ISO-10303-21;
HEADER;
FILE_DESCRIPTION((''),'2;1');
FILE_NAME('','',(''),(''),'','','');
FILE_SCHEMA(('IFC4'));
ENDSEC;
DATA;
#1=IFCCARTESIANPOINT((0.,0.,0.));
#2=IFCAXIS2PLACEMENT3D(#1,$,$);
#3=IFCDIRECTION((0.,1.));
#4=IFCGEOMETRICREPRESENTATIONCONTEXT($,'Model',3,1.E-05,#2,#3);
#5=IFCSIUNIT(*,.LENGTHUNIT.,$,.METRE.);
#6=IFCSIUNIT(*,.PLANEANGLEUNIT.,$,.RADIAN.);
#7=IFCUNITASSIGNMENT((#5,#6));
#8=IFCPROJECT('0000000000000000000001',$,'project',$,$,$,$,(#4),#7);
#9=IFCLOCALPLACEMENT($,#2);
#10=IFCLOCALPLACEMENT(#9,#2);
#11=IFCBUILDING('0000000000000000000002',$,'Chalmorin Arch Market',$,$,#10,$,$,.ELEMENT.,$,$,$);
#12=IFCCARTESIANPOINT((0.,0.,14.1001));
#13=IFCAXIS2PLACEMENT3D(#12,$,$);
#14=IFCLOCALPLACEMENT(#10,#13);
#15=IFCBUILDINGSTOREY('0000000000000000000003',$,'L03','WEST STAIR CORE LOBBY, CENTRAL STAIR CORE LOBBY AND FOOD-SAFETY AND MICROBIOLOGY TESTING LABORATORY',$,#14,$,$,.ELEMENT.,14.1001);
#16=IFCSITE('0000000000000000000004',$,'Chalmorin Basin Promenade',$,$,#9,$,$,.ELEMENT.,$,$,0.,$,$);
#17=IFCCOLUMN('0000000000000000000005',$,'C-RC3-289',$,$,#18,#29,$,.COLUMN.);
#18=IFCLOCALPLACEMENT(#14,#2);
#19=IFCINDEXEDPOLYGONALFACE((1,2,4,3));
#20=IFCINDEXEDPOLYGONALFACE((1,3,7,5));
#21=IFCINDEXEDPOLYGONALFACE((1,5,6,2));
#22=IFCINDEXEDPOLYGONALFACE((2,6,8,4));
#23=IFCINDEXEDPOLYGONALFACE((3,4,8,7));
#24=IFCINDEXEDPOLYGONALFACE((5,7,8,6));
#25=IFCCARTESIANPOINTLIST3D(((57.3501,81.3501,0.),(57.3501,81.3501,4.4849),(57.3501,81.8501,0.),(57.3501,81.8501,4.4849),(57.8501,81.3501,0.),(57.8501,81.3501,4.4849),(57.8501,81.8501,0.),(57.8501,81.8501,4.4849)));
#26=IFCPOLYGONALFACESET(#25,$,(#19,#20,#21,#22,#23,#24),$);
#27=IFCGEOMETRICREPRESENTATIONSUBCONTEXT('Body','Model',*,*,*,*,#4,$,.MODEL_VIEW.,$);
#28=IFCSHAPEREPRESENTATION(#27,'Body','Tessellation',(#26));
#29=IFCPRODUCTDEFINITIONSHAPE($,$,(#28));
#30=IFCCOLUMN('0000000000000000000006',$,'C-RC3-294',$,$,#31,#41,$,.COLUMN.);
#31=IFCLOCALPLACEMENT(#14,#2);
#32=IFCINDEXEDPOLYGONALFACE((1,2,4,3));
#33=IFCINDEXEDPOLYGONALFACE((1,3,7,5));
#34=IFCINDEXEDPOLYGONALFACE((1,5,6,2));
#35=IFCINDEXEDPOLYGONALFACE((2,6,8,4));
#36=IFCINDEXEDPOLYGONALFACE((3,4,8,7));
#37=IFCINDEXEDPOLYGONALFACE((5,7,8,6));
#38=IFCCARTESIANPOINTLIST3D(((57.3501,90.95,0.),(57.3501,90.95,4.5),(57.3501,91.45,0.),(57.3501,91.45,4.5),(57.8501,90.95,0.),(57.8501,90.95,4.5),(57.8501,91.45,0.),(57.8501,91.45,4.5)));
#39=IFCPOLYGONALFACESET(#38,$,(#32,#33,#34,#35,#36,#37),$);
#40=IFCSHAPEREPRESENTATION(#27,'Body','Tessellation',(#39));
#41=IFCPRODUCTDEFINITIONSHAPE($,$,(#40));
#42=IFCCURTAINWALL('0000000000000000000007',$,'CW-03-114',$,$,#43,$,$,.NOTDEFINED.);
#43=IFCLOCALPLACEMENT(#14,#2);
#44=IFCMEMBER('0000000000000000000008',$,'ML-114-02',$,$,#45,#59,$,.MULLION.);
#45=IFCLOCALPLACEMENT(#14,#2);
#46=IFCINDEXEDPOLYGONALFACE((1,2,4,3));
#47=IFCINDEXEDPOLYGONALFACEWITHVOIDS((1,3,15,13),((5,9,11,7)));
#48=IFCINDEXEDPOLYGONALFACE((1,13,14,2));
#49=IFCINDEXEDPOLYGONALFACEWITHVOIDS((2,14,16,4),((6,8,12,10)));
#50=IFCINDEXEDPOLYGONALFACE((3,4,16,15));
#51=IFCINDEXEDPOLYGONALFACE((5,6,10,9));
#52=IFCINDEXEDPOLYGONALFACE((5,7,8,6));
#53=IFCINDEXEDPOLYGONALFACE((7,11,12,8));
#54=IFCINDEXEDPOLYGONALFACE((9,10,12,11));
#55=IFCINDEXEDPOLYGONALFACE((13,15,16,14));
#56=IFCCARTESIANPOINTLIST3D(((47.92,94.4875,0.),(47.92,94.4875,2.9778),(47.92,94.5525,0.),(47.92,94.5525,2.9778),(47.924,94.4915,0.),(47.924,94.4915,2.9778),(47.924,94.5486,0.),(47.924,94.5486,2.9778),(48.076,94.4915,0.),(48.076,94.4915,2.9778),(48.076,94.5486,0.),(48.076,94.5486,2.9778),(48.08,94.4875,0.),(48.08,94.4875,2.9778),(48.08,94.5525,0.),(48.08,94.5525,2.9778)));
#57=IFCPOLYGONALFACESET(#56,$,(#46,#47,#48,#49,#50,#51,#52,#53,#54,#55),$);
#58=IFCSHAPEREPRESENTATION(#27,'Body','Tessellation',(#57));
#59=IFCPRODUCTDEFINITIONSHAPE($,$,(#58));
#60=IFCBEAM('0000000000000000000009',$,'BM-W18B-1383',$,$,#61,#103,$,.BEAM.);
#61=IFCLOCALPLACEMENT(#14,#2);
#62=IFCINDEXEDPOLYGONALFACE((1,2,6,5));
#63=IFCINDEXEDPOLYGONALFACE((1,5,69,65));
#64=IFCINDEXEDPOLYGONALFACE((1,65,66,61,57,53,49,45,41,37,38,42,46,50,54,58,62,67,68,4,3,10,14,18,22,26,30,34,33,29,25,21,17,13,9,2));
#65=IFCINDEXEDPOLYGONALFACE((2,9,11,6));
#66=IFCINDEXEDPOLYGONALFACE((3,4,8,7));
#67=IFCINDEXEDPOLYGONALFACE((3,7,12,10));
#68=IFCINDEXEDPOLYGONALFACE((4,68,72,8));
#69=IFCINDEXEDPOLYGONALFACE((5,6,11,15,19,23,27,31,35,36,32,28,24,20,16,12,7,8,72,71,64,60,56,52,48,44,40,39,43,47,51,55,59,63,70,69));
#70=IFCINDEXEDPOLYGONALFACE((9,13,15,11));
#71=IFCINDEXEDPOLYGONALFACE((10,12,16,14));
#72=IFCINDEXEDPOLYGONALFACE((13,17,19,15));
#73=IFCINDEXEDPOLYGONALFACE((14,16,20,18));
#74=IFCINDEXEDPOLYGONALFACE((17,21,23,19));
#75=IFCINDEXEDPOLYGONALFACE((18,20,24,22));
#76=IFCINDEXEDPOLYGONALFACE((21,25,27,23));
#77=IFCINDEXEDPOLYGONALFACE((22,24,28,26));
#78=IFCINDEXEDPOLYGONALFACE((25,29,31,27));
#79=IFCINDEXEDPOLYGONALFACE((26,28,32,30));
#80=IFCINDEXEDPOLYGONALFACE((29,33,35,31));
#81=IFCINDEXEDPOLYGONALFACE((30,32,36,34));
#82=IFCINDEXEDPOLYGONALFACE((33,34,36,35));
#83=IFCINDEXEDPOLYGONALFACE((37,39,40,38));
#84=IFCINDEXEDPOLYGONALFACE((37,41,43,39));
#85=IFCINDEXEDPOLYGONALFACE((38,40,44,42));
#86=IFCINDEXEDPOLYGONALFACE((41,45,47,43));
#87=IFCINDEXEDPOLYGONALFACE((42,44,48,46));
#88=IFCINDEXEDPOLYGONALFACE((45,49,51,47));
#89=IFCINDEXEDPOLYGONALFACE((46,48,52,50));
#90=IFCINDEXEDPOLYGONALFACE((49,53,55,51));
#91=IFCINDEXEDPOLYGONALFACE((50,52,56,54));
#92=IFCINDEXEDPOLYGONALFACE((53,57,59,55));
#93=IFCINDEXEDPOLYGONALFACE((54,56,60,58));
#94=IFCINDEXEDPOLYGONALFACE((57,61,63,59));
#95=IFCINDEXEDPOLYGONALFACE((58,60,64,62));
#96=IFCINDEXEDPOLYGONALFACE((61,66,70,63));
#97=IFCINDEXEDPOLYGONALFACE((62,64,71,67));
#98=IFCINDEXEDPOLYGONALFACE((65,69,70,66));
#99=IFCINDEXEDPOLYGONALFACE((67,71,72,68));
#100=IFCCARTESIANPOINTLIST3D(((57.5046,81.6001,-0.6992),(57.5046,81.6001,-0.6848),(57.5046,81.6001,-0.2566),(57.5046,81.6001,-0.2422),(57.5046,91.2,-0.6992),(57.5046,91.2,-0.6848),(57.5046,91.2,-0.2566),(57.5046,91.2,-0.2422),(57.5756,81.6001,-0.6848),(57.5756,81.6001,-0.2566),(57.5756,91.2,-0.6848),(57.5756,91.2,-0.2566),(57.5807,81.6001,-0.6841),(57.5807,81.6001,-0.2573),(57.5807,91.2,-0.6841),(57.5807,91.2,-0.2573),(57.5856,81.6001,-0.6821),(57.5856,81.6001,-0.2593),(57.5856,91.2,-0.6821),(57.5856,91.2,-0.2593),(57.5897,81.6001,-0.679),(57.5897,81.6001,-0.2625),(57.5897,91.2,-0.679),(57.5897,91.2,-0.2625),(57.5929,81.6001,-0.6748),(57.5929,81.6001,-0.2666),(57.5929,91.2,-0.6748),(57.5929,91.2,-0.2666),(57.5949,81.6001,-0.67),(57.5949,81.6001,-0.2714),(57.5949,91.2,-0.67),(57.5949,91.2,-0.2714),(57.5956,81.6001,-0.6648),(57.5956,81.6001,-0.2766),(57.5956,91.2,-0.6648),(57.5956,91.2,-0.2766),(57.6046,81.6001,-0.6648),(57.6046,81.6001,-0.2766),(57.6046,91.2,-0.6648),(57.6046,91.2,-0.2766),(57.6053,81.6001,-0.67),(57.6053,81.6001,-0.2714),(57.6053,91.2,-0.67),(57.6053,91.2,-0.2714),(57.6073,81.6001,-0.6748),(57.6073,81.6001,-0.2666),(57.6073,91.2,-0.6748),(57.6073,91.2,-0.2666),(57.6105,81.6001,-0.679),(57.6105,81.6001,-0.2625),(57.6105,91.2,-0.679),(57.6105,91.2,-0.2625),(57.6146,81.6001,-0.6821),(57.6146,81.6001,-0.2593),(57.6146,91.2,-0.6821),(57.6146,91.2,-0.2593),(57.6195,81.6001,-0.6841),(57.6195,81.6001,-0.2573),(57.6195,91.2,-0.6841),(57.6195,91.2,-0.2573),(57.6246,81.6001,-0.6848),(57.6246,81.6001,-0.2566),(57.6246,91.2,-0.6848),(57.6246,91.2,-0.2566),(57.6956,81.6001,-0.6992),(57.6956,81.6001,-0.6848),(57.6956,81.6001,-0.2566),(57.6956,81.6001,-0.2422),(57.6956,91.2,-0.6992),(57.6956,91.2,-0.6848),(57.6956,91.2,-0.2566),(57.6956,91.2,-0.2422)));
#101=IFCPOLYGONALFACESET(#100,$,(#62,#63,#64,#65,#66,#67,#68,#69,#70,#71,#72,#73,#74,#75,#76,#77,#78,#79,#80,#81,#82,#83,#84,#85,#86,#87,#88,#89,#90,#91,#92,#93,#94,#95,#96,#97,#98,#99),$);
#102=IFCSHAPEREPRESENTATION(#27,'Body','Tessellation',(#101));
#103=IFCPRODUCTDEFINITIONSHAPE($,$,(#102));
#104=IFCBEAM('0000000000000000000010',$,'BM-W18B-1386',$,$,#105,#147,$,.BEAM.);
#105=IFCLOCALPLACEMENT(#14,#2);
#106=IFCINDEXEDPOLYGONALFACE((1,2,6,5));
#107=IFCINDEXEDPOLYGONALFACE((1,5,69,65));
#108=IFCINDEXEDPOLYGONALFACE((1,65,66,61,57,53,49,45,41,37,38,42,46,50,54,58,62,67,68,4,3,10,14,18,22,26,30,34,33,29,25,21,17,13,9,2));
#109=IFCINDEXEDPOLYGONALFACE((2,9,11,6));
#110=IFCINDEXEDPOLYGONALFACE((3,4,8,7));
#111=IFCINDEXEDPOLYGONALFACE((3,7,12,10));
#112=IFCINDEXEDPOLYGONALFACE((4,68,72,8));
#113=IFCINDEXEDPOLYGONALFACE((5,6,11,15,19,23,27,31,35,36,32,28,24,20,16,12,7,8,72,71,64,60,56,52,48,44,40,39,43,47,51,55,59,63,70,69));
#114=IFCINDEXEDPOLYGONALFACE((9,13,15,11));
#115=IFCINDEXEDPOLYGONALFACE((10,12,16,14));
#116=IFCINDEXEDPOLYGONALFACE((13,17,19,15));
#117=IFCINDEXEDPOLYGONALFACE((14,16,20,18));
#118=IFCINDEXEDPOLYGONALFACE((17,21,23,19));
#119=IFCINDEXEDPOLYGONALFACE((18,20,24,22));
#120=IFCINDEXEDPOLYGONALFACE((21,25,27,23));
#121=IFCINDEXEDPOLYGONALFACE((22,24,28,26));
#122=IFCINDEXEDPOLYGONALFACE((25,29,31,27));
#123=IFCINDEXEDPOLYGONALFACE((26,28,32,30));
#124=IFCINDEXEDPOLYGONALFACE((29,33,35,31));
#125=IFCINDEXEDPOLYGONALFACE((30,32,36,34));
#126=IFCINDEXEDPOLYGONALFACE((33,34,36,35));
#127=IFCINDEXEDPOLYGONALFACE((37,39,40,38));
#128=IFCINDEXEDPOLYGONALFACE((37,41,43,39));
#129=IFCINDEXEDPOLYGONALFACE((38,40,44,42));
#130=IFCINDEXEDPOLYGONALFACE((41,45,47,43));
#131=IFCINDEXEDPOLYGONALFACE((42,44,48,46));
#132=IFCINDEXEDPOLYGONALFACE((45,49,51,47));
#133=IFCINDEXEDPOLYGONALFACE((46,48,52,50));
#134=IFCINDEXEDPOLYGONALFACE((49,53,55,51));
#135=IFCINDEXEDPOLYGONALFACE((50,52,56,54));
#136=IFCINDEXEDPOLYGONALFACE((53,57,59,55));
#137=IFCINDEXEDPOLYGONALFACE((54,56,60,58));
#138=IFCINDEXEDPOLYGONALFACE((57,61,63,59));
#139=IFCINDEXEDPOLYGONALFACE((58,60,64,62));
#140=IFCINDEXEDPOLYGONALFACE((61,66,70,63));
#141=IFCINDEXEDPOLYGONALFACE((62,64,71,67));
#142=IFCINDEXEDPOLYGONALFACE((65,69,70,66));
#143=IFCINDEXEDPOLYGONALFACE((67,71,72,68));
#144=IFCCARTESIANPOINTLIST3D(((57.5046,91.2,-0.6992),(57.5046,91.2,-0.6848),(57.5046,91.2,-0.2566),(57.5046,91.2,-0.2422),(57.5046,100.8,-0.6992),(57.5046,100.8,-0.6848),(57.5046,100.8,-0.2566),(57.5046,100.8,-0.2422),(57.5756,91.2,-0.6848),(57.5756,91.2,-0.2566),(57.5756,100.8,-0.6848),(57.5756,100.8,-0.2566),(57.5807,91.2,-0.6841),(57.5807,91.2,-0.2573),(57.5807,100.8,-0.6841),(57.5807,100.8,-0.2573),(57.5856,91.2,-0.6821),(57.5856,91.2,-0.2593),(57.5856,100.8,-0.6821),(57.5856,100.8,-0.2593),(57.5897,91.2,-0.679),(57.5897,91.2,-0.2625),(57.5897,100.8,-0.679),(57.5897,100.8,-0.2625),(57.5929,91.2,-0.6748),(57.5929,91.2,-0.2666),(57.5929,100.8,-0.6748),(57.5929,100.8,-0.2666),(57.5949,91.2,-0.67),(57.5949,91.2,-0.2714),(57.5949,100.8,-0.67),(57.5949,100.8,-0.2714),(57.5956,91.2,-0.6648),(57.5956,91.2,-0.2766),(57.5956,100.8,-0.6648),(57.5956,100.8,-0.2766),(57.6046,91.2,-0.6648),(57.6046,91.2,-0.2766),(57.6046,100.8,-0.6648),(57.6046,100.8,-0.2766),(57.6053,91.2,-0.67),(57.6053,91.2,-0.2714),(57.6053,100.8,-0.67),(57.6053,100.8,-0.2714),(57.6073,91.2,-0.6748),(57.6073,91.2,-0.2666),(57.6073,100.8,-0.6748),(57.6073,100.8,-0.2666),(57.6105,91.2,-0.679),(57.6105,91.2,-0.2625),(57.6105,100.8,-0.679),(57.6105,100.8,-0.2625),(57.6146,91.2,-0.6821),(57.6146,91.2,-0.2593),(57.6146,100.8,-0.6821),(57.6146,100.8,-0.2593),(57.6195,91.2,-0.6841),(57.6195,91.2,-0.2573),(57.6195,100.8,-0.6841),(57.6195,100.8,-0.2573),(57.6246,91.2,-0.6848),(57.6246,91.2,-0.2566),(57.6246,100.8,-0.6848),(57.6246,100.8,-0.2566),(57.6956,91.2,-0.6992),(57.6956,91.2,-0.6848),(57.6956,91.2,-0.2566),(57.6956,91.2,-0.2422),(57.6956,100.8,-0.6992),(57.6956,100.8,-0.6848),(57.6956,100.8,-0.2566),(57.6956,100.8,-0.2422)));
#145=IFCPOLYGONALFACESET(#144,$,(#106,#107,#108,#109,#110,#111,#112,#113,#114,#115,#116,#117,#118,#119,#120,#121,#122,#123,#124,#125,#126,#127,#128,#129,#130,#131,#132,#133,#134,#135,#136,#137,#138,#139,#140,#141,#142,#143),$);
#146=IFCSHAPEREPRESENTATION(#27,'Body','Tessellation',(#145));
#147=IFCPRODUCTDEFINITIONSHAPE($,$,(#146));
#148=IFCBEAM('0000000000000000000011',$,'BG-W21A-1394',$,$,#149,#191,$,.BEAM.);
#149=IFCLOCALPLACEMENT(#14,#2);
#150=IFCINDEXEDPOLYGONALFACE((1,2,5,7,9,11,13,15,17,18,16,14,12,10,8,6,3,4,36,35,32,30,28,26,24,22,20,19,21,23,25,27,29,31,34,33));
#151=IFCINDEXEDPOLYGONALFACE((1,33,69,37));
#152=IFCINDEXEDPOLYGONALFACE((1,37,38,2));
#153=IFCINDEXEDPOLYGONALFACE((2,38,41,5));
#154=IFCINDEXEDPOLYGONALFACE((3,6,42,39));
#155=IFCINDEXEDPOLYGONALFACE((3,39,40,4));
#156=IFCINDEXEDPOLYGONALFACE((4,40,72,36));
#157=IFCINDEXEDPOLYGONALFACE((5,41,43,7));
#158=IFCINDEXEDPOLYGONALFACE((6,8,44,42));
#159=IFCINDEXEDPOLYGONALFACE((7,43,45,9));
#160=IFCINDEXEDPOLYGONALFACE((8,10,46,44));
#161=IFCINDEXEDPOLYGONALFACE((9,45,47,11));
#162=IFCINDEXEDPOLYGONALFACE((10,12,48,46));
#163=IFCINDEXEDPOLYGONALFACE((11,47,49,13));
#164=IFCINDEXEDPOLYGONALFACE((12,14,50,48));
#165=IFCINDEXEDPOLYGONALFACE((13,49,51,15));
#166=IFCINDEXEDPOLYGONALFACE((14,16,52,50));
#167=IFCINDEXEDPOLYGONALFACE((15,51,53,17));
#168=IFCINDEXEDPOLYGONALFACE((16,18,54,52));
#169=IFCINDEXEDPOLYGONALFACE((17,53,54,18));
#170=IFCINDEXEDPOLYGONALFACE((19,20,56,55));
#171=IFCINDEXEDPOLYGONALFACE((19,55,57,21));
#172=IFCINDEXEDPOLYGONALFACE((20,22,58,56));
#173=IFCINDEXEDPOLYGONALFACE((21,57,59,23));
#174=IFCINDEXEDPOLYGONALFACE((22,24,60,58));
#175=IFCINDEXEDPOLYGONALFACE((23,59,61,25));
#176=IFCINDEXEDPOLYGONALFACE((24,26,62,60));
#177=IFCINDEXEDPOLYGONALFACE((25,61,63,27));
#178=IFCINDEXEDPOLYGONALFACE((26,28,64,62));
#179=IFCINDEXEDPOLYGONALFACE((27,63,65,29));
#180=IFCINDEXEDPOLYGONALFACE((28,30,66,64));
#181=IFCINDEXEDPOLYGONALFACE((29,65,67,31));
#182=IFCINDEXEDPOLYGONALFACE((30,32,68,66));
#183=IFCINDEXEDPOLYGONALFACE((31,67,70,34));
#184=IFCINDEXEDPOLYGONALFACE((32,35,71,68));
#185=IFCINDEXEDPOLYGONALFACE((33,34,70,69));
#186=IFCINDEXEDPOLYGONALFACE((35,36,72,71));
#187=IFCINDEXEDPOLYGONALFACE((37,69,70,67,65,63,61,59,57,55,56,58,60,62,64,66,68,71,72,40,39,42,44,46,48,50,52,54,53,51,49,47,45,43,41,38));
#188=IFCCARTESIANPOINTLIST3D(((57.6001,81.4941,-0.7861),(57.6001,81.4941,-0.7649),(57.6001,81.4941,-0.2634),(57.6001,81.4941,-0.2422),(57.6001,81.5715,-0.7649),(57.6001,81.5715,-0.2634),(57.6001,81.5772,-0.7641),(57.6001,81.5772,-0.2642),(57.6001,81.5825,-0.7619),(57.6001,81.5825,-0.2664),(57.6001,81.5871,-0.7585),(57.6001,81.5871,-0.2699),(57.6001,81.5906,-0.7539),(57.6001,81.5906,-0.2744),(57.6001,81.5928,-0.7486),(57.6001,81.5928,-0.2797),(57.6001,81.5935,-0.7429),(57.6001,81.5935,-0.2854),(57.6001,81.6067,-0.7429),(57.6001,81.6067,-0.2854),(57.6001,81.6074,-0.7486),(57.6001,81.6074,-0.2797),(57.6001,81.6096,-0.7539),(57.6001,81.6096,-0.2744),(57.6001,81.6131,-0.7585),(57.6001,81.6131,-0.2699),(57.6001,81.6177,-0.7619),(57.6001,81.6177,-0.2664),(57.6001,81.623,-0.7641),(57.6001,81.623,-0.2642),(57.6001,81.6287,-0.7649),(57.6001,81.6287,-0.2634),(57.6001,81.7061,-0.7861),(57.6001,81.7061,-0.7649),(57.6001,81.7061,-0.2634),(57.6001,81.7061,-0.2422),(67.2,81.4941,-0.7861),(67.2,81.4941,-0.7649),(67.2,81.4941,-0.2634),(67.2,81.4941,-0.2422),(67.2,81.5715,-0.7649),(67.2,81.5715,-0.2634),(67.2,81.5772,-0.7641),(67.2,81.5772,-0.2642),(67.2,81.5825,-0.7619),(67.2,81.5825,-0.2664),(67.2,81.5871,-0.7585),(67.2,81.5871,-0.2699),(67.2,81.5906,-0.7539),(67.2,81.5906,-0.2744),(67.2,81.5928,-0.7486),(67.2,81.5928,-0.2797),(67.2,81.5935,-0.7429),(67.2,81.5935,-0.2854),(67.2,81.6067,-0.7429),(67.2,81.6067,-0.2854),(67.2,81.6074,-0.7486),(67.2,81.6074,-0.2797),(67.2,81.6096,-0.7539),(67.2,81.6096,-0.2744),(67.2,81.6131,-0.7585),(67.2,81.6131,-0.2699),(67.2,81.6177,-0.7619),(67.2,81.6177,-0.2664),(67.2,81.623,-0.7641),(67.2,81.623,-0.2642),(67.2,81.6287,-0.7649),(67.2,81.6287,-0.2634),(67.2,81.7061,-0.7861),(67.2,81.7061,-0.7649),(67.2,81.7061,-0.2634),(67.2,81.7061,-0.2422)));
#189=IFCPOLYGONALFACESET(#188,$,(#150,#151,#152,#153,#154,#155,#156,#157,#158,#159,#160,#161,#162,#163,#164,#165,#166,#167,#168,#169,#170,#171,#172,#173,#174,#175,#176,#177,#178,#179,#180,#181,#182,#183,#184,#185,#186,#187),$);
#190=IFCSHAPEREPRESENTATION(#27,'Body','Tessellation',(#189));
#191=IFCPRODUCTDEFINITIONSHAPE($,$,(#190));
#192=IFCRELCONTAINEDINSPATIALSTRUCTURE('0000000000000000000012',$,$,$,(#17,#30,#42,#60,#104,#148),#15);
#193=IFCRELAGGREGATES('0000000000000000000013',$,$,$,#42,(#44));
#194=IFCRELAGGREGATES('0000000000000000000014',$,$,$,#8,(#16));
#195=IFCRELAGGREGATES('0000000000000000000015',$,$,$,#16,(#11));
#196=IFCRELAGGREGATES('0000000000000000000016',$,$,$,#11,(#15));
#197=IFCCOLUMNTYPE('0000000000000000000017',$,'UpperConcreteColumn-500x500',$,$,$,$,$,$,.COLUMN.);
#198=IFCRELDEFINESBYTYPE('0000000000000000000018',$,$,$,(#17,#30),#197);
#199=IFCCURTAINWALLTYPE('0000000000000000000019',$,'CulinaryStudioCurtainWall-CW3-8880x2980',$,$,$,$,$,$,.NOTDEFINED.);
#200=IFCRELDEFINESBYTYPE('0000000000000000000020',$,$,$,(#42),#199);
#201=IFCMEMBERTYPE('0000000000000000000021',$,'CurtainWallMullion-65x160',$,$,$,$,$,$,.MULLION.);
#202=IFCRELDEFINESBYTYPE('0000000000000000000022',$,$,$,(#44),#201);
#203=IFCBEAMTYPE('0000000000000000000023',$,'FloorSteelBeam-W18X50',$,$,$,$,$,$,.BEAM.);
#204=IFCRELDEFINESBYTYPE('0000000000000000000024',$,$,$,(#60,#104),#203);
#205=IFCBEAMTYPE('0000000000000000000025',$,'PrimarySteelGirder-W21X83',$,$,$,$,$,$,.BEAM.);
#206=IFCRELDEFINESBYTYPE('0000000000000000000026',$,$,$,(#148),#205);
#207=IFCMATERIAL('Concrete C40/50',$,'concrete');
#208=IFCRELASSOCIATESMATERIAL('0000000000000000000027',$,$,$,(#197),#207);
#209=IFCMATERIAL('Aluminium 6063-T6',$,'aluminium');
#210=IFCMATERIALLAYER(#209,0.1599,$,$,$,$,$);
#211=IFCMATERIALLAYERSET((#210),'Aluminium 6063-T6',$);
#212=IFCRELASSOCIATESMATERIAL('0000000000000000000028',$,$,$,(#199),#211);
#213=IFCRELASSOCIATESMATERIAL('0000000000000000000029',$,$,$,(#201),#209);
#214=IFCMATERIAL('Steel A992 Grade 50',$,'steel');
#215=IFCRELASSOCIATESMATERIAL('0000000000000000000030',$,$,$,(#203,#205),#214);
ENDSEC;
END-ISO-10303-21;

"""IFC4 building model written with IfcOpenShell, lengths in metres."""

from ifc_helpers import new_model, si_unit, direction, frame, origin, origin_2d, place, context, subcontext, project, spatial, rectangle, hollow_rectangle, i_section, extrude, material, layer, layer_set, material_profile, profile_set, type_object, element, aggregate, save


model = new_model("IFC4")

# Units and contexts
model_context = context("Model", 3, precision=1e-05, world=origin(), true_north=direction((0.0, 1.0)))
body_context = subcontext(model_context, "Body", "Model", "MODEL_VIEW")
ifc_project = project(units=[si_unit("LENGTHUNIT", "METRE"), si_unit("PLANEANGLEUNIT", "RADIAN")], contexts=[model_context])

# Site, building, storey
site_placement = place(None, origin())
site = spatial("IfcSite", under=ifc_project, at=site_placement, Name="Chalmorin Basin Promenade", CompositionType="ELEMENT", RefElevation=0.0)
building_placement = place(site_placement, origin())
building = spatial("IfcBuilding", under=site, at=building_placement, Name="Chalmorin Arch Market", CompositionType="ELEMENT")
storey_placement = place(building_placement, frame((0.0, 0.0, 14.1001)))
storey = spatial("IfcBuildingStorey", under=building, at=storey_placement, Name="L03", Description="WEST STAIR CORE LOBBY, CENTRAL STAIR CORE LOBBY AND FOOD-SAFETY AND MICROBIOLOGY TESTING LABORATORY", CompositionType="ELEMENT", Elevation=14.1001)

# Columns
ifc_material_1 = material(Name="Concrete C40/50", Category="concrete")
ifc_material_profile_1 = material_profile(ifc_material_1, rectangle(XDim=0.5, YDim=0.5, at=origin_2d()), Name="RC500X500")
ifc_profile_set_1 = profile_set([ifc_material_profile_1], Name="Concrete C40/50")
column_type = type_object("IfcColumnType", Name="UpperConcreteColumn-500x500", PredefinedType="COLUMN", material=ifc_profile_set_1)
column_1_placement = place(storey_placement, frame((57.6001, 81.6001, 0.0), z_axis=(0.0, 0.0, 1.0), x_axis=(1.0, 0.0, 0.0)))
element("IfcColumn", 1, at=column_1_placement, inside=storey, type_object=column_type, Name="C-RC3-289", PredefinedType="COLUMN", context=body_context, shape_type="SweptSolid", body=[
    extrude(rectangle(XDim=0.5, YDim=0.5, at=origin_2d()), origin(), (0.0, 0.0, 1.0), 4.4849),
])
column_2_placement = place(storey_placement, frame((57.6001, 91.2, 0.0), z_axis=(0.0, 0.0, 1.0), x_axis=(1.0, 0.0, 0.0)))
element("IfcColumn", 2, at=column_2_placement, inside=storey, type_object=column_type, Name="C-RC3-294", PredefinedType="COLUMN", context=body_context, shape_type="SweptSolid", body=[
    extrude(rectangle(XDim=0.5, YDim=0.5, at=origin_2d()), origin(), (0.0, 0.0, 1.0), 4.5),
])

# Curtain wall, member
ifc_material_2 = material(Name="Aluminium 6063-T6", Category="aluminium")
ifc_layer_1 = layer(ifc_material_2, 0.1599)
ifc_layer_set_1 = layer_set([ifc_layer_1], Name="Aluminium 6063-T6")
curtain_wall_type = type_object("IfcCurtainWallType", Name="CulinaryStudioCurtainWall-CW3-8880x2980", PredefinedType="NOTDEFINED", material=ifc_layer_set_1)
curtain_wall_placement = place(storey_placement, origin())
curtain_wall = element("IfcCurtainWall", 3, at=curtain_wall_placement, inside=storey, type_object=curtain_wall_type, Name="CW-03-114", PredefinedType="NOTDEFINED")
ifc_material_profile_2 = material_profile(ifc_material_2, hollow_rectangle(XDim=0.0649, YDim=0.1599, WallThickness=0.0039, at=origin_2d()), Name="ALU65X160X4")
ifc_profile_set_2 = profile_set([ifc_material_profile_2], Name="Aluminium 6063-T6")
member_type_1 = type_object("IfcMemberType", Name="CurtainWallMullion-65x160", PredefinedType="MULLION", material=ifc_profile_set_2)
member_1_placement = place(storey_placement, frame((48.0, 94.52, 0.0), z_axis=(0.0, 0.0, 1.0), x_axis=(0.0, 1.0, 0.0)))
member_1 = element("IfcMember", 4, at=member_1_placement, type_object=member_type_1, Name="ML-114-02", PredefinedType="MULLION", context=body_context, shape_type="SweptSolid", body=[
    extrude(hollow_rectangle(XDim=0.0649, YDim=0.1599, WallThickness=0.0039, at=origin_2d()), origin(), (0.0, 0.0, 1.0), 2.9778),
])
aggregate(curtain_wall, [member_1])

# Beams
ifc_material_3 = material(Name="Steel A992 Grade 50", Category="steel")
ifc_material_profile_3 = material_profile(ifc_material_3, i_section(OverallWidth=0.1909, OverallDepth=0.457, WebThickness=0.009, FlangeThickness=0.0144, FilletRadius=0.02, at=origin_2d()), Name="W18X50")
ifc_profile_set_3 = profile_set([ifc_material_profile_3], Name="Steel A992 Grade 50")
beam_type_1 = type_object("IfcBeamType", Name="FloorSteelBeam-W18X50", PredefinedType="BEAM", material=ifc_profile_set_3)
beam_1_placement = place(storey_placement, frame((57.6001, 81.6001, -0.4707), z_axis=(0.0, 1.0, 0.0), x_axis=(-1.0, 0.0, 0.0)))
element("IfcBeam", 5, at=beam_1_placement, inside=storey, type_object=beam_type_1, Name="BM-W18B-1383", PredefinedType="BEAM", context=body_context, shape_type="SweptSolid", body=[
    extrude(i_section(OverallWidth=0.1909, OverallDepth=0.457, WebThickness=0.009, FlangeThickness=0.0144, FilletRadius=0.02, at=origin_2d()), origin(), (0.0, 0.0, 1.0), 9.5999),
])
beam_2_placement = place(storey_placement, frame((57.6001, 91.2, -0.4707), z_axis=(0.0, 1.0, 0.0), x_axis=(-1.0, 0.0, 0.0)))
element("IfcBeam", 6, at=beam_2_placement, inside=storey, type_object=beam_type_1, Name="BM-W18B-1386", PredefinedType="BEAM", context=body_context, shape_type="SweptSolid", body=[
    extrude(i_section(OverallWidth=0.1909, OverallDepth=0.457, WebThickness=0.009, FlangeThickness=0.0144, FilletRadius=0.02, at=origin_2d()), origin(), (0.0, 0.0, 1.0), 9.6001),
])
ifc_material_profile_4 = material_profile(ifc_material_3, i_section(OverallWidth=0.2119, OverallDepth=0.5439, WebThickness=0.0132, FlangeThickness=0.0212, FilletRadius=0.022, at=origin_2d()), Name="W21X83")
ifc_profile_set_4 = profile_set([ifc_material_profile_4], Name="Steel A992 Grade 50")
beam_type_2 = type_object("IfcBeamType", Name="PrimarySteelGirder-W21X83", PredefinedType="BEAM", material=ifc_profile_set_4)
for number, where, z_axis, x_axis, name in (
    (7, (57.6001, 81.6001, -0.5142), (1.0, 0.0, 0.0), (0.0, 1.0, 0.0), "BG-W21A-1394"),
):
    element("IfcBeam", number, at=place(storey_placement, frame(where, z_axis=z_axis, x_axis=x_axis)), inside=storey, type_object=beam_type_2, Name=name, PredefinedType="BEAM", context=body_context, shape_type="SweptSolid", body=[
        extrude(i_section(OverallWidth=0.2119, OverallDepth=0.5439, WebThickness=0.0132, FlangeThickness=0.0212, FilletRadius=0.022, at=origin_2d()), origin(), (0.0, 0.0, 1.0), 9.5999),
    ])

save(model, "model.ifc")
